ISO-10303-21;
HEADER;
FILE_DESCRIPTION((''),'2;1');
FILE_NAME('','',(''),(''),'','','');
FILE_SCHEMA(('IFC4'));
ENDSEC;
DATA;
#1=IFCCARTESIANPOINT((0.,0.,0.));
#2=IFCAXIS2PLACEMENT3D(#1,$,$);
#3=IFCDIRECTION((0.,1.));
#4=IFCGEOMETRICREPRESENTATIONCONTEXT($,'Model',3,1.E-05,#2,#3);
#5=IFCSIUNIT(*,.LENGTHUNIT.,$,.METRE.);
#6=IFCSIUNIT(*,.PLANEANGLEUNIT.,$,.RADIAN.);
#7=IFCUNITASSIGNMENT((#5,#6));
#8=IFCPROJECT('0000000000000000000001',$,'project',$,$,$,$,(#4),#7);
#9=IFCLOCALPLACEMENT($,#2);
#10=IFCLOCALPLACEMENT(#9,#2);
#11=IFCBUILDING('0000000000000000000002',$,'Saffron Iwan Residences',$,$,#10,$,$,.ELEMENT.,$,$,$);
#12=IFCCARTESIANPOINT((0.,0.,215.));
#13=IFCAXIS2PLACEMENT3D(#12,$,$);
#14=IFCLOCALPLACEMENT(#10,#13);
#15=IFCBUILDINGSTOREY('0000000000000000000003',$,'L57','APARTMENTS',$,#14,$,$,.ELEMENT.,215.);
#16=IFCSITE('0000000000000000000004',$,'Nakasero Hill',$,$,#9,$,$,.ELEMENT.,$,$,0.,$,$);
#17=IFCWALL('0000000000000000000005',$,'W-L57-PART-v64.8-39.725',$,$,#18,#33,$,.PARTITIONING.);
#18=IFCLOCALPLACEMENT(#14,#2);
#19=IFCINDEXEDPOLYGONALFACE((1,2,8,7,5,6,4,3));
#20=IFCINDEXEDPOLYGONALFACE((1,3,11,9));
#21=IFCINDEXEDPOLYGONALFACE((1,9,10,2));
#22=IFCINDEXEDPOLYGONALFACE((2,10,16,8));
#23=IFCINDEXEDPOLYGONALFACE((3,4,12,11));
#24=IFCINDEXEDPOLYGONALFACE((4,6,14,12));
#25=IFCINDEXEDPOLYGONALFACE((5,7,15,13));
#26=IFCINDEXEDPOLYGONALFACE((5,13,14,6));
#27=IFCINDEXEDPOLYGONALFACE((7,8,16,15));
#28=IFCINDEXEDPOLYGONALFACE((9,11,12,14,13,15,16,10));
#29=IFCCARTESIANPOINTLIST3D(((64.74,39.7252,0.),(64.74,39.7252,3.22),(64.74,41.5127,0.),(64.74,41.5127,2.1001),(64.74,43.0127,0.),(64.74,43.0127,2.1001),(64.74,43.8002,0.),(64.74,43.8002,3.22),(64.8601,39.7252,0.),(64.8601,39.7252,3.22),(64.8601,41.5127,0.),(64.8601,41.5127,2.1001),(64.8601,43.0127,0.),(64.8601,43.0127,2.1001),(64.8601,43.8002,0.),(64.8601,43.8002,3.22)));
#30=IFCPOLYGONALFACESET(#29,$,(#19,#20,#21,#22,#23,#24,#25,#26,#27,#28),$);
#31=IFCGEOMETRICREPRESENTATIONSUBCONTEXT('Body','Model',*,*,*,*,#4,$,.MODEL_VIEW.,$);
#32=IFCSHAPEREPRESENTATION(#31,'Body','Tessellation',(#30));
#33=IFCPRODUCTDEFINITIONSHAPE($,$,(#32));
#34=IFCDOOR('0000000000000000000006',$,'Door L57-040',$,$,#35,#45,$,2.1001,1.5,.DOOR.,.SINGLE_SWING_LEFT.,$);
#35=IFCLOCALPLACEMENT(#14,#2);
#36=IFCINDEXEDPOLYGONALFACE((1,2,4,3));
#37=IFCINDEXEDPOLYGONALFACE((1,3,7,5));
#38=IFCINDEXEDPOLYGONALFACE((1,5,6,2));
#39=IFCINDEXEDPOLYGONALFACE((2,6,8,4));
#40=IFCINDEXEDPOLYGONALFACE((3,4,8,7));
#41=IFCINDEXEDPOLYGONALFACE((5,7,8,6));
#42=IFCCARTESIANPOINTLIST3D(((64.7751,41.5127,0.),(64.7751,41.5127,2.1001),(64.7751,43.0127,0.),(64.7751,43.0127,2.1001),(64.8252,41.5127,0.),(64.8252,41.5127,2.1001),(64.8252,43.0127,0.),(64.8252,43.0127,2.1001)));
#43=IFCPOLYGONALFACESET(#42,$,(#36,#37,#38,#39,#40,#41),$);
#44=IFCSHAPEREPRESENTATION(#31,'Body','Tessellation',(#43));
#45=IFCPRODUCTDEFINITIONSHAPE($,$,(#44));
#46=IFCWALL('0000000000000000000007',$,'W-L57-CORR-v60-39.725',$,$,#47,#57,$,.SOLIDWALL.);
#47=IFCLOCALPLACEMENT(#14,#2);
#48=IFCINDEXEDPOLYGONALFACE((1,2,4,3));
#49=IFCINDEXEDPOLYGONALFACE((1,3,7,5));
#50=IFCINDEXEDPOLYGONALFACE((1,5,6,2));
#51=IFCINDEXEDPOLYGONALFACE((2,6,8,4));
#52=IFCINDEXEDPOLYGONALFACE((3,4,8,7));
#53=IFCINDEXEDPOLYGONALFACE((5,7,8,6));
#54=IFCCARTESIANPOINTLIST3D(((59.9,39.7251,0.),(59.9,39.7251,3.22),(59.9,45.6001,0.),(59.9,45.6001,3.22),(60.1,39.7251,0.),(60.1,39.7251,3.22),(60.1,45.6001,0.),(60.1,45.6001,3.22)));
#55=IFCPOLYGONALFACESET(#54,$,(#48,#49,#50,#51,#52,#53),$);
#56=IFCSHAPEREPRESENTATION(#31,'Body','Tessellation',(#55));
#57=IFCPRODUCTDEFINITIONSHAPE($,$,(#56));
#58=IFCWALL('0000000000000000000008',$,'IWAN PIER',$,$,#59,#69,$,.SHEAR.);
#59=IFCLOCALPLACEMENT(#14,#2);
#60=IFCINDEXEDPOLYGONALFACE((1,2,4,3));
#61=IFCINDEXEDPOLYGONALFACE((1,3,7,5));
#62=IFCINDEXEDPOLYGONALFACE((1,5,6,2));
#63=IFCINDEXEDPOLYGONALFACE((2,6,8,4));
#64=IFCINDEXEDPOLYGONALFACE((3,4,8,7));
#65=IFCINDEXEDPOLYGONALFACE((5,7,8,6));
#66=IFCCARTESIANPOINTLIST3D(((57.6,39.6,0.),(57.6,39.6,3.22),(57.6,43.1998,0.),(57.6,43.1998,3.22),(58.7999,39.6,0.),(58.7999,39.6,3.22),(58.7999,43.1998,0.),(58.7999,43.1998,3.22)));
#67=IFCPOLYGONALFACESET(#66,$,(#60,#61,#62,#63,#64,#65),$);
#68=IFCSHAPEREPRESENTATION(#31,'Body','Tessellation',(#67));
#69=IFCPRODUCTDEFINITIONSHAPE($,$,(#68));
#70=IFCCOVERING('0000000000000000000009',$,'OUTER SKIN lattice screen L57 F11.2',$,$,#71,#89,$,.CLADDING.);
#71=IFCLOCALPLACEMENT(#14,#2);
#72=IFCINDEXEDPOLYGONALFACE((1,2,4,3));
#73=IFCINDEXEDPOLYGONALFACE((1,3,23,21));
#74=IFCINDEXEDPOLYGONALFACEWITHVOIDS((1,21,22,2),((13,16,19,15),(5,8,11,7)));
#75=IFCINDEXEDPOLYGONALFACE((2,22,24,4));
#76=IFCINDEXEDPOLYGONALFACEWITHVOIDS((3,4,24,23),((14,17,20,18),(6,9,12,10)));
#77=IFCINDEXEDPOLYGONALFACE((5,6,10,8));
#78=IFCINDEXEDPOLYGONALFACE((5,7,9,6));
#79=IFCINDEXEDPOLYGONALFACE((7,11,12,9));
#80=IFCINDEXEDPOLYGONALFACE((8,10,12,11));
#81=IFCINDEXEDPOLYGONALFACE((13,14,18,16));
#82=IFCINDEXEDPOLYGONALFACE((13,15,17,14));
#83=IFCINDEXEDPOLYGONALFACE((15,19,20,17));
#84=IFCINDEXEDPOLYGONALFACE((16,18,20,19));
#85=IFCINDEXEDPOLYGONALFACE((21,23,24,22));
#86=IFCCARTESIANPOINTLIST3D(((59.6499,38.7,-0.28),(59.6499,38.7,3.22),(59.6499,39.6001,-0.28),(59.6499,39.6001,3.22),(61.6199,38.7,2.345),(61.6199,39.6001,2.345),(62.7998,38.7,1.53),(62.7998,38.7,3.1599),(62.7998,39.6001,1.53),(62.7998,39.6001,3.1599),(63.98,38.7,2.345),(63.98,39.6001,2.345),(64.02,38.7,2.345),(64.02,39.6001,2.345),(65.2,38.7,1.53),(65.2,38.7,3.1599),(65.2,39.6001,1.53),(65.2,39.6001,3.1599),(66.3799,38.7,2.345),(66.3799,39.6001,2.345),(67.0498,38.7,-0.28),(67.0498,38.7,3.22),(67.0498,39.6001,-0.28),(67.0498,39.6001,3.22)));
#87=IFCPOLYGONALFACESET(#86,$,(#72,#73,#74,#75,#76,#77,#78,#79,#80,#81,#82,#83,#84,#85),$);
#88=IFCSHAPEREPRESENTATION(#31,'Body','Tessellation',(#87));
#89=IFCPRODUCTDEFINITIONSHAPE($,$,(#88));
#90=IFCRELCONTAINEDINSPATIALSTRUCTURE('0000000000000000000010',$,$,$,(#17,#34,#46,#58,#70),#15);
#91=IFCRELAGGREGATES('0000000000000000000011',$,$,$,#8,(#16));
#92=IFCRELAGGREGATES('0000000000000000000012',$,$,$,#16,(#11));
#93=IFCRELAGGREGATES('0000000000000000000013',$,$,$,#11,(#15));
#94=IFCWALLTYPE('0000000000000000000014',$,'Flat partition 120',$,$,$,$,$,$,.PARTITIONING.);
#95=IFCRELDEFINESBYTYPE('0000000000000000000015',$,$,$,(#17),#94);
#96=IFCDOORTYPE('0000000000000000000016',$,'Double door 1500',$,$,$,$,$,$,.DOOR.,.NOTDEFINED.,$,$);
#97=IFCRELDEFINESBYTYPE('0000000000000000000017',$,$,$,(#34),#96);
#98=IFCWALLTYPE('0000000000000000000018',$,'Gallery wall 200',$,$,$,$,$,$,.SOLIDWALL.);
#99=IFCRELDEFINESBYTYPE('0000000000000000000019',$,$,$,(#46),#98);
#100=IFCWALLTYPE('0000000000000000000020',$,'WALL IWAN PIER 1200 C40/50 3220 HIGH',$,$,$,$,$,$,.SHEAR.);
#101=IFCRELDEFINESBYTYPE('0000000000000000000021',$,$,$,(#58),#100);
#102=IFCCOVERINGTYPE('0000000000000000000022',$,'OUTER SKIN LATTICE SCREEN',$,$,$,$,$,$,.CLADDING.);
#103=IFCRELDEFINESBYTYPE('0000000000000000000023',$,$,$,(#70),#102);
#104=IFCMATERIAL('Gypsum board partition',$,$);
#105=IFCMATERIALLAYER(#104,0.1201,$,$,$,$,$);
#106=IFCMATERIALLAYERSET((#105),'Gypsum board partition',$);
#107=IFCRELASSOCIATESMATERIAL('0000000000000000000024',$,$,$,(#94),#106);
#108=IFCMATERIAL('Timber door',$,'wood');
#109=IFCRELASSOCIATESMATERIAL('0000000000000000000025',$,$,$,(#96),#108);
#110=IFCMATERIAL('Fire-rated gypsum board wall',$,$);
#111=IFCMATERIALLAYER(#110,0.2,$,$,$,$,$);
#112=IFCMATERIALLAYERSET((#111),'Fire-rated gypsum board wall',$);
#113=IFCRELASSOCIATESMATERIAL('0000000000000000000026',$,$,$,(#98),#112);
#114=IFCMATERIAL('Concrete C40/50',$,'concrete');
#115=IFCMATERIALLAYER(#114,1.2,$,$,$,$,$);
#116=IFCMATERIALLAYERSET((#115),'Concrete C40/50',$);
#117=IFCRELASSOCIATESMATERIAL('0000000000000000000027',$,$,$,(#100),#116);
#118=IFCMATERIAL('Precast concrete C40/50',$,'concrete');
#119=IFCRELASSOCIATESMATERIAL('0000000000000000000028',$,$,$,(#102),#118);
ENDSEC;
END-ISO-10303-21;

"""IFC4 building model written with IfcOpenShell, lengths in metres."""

from ifc_helpers import new_model, si_unit, direction, frame, frame_2d, origin, place, context, subcontext, project, spatial, polyline, rectangle, outline, extrude, material, layer, layer_set, type_object, element, fill, save


model = new_model("IFC4")

# Units and contexts
model_context = context("Model", 3, precision=1e-05, world=origin(), true_north=direction((0.0, 1.0)))
body_context = subcontext(model_context, "Body", "Model", "MODEL_VIEW")
ifc_project = project(units=[si_unit("LENGTHUNIT", "METRE"), si_unit("PLANEANGLEUNIT", "RADIAN")], contexts=[model_context])

# Site, building, storey
site_placement = place(None, origin())
site = spatial("IfcSite", under=ifc_project, at=site_placement, Name="Nakasero Hill", CompositionType="ELEMENT", RefElevation=0.0)
building_placement = place(site_placement, origin())
building = spatial("IfcBuilding", under=site, at=building_placement, Name="Saffron Iwan Residences", CompositionType="ELEMENT")
storey_placement = place(building_placement, frame((0.0, 0.0, 215.0)))
storey = spatial("IfcBuildingStorey", under=building, at=storey_placement, Name="L57", Description="APARTMENTS", CompositionType="ELEMENT", Elevation=215.0)

# Shared definitions
ifc_material_1 = material(Name="Concrete C40/50", Category="concrete")

# Wall, opening, door
ifc_material_2 = material(Name="Gypsum board partition")
ifc_layer_1 = layer(ifc_material_2, 0.1201)
ifc_layer_set_1 = layer_set([ifc_layer_1], Name="Gypsum board partition")
wall_type_1 = type_object("IfcWallType", Name="Flat partition 120", PredefinedType="PARTITIONING", material=ifc_layer_set_1)
wall_1_placement = place(storey_placement, frame((64.8, 39.7251, 0.0), z_axis=(0.0, 0.0, 1.0), x_axis=(0.0, 1.0, 0.0)))
wall_1 = element("IfcWall", 1, at=wall_1_placement, inside=storey, type_object=wall_type_1, Name="W-L57-PART-v64.8-39.725", PredefinedType="PARTITIONING", context=body_context, shape_type="SweptSolid", body=[
    extrude(rectangle(XDim=4.075, YDim=0.1201, at=frame_2d((2.0376, 0.0))), origin(), (0.0, 0.0, 1.0), 3.22),
])
opening_1_placement = place(wall_1_placement, frame((1.7876, 0.0, 0.0)))
opening_1 = element("IfcOpeningElement", 2, at=opening_1_placement, cuts=wall_1, PredefinedType="OPENING", context=body_context, shape_type="SweptSolid", body=[
    extrude(rectangle(XDim=1.5, YDim=2.1001, at=frame_2d((0.75, 1.05))), frame((0.0, 0.0701, 0.0), z_axis=(0.0, -1.0, 0.0), x_axis=(1.0, 0.0, 0.0)), (0.0, 0.0, 1.0), 0.1401),
])
ifc_material_3 = material(Name="Timber door", Category="wood")
door_type_1 = type_object("IfcDoorType", Name="Double door 1500", OperationType="NOTDEFINED", PredefinedType="DOOR", material=ifc_material_3)
door_1_placement = place(opening_1_placement, origin())
door_1 = element("IfcDoor", 3, at=door_1_placement, inside=storey, type_object=door_type_1, Name="Door L57-040", OperationType="SINGLE_SWING_LEFT", OverallHeight=2.1001, OverallWidth=1.5, PredefinedType="DOOR", context=body_context, shape_type="SweptSolid", body=[
    extrude(rectangle(XDim=1.5, YDim=2.1001, at=frame_2d((0.75, 1.05))), frame((0.0, 0.0249, 0.0), z_axis=(0.0, -1.0, 0.0), x_axis=(1.0, 0.0, 0.0)), (0.0, 0.0, 1.0), 0.05),
])
fill(opening_1, door_1)

# Walls
ifc_material_4 = material(Name="Fire-rated gypsum board wall")
ifc_layer_2 = layer(ifc_material_4, 0.2)
ifc_layer_set_2 = layer_set([ifc_layer_2], Name="Fire-rated gypsum board wall")
wall_type_2 = type_object("IfcWallType", Name="Gallery wall 200", PredefinedType="SOLIDWALL", material=ifc_layer_set_2)
wall_2_placement = place(storey_placement, frame((60.0, 39.7251, 0.0), z_axis=(0.0, 0.0, 1.0), x_axis=(0.0, 1.0, 0.0)))
element("IfcWall", 4, at=wall_2_placement, inside=storey, type_object=wall_type_2, Name="W-L57-CORR-v60-39.725", PredefinedType="SOLIDWALL", context=body_context, shape_type="SweptSolid", body=[
    extrude(rectangle(XDim=5.875, YDim=0.2, at=frame_2d((2.9375, 0.0))), origin(), (0.0, 0.0, 1.0), 3.22),
])
ifc_layer_3 = layer(ifc_material_1, 1.2)
ifc_layer_set_3 = layer_set([ifc_layer_3], Name="Concrete C40/50")
wall_type_3 = type_object("IfcWallType", Name="WALL IWAN PIER 1200 C40/50 3220 HIGH", PredefinedType="SHEAR", material=ifc_layer_set_3)
wall_3_placement = place(storey_placement, frame((58.2, 39.6001, 0.0), z_axis=(0.0, 0.0, 1.0), x_axis=(0.0, 1.0, 0.0)))
element("IfcWall", 5, at=wall_3_placement, inside=storey, type_object=wall_type_3, Name="IWAN PIER", PredefinedType="SHEAR", context=body_context, shape_type="SweptSolid", body=[
    extrude(rectangle(XDim=3.5999, YDim=1.2, at=frame_2d((1.7998, 0.0))), origin(), (0.0, 0.0, 1.0), 3.22),
])

# Covering
ifc_material_5 = material(Name="Precast concrete C40/50", Category="concrete")
covering_type = type_object("IfcCoveringType", Name="OUTER SKIN LATTICE SCREEN", PredefinedType="CLADDING", material=ifc_material_5)
covering_placement = place(storey_placement, frame((59.6499, 39.6001, -0.28), z_axis=(0.0, -1.0, 0.0), x_axis=(1.0, 0.0, 0.0)))
element("IfcCovering", 6, at=covering_placement, inside=storey, type_object=covering_type, Name="OUTER SKIN lattice screen L57 F11.2", PredefinedType="CLADDING", context=body_context, shape_type="SweptSolid", body=[
    extrude(outline(polyline([(0.0, 0.0), (7.3999, 0.0), (7.3999, 3.5), (0.0, 3.5), (0.0, 0.0)]), holes=[polyline([(1.97, 2.625), (3.1499, 1.8101), (4.3301, 2.625), (3.1499, 3.4399), (1.97, 2.625)]), polyline([(4.3701, 2.625), (5.55, 1.8101), (6.73, 2.625), (5.55, 3.4399), (4.3701, 2.625)])]), origin(), (0.0, 0.0, 1.0), 0.9001),
])

save(model, "model.ifc")
